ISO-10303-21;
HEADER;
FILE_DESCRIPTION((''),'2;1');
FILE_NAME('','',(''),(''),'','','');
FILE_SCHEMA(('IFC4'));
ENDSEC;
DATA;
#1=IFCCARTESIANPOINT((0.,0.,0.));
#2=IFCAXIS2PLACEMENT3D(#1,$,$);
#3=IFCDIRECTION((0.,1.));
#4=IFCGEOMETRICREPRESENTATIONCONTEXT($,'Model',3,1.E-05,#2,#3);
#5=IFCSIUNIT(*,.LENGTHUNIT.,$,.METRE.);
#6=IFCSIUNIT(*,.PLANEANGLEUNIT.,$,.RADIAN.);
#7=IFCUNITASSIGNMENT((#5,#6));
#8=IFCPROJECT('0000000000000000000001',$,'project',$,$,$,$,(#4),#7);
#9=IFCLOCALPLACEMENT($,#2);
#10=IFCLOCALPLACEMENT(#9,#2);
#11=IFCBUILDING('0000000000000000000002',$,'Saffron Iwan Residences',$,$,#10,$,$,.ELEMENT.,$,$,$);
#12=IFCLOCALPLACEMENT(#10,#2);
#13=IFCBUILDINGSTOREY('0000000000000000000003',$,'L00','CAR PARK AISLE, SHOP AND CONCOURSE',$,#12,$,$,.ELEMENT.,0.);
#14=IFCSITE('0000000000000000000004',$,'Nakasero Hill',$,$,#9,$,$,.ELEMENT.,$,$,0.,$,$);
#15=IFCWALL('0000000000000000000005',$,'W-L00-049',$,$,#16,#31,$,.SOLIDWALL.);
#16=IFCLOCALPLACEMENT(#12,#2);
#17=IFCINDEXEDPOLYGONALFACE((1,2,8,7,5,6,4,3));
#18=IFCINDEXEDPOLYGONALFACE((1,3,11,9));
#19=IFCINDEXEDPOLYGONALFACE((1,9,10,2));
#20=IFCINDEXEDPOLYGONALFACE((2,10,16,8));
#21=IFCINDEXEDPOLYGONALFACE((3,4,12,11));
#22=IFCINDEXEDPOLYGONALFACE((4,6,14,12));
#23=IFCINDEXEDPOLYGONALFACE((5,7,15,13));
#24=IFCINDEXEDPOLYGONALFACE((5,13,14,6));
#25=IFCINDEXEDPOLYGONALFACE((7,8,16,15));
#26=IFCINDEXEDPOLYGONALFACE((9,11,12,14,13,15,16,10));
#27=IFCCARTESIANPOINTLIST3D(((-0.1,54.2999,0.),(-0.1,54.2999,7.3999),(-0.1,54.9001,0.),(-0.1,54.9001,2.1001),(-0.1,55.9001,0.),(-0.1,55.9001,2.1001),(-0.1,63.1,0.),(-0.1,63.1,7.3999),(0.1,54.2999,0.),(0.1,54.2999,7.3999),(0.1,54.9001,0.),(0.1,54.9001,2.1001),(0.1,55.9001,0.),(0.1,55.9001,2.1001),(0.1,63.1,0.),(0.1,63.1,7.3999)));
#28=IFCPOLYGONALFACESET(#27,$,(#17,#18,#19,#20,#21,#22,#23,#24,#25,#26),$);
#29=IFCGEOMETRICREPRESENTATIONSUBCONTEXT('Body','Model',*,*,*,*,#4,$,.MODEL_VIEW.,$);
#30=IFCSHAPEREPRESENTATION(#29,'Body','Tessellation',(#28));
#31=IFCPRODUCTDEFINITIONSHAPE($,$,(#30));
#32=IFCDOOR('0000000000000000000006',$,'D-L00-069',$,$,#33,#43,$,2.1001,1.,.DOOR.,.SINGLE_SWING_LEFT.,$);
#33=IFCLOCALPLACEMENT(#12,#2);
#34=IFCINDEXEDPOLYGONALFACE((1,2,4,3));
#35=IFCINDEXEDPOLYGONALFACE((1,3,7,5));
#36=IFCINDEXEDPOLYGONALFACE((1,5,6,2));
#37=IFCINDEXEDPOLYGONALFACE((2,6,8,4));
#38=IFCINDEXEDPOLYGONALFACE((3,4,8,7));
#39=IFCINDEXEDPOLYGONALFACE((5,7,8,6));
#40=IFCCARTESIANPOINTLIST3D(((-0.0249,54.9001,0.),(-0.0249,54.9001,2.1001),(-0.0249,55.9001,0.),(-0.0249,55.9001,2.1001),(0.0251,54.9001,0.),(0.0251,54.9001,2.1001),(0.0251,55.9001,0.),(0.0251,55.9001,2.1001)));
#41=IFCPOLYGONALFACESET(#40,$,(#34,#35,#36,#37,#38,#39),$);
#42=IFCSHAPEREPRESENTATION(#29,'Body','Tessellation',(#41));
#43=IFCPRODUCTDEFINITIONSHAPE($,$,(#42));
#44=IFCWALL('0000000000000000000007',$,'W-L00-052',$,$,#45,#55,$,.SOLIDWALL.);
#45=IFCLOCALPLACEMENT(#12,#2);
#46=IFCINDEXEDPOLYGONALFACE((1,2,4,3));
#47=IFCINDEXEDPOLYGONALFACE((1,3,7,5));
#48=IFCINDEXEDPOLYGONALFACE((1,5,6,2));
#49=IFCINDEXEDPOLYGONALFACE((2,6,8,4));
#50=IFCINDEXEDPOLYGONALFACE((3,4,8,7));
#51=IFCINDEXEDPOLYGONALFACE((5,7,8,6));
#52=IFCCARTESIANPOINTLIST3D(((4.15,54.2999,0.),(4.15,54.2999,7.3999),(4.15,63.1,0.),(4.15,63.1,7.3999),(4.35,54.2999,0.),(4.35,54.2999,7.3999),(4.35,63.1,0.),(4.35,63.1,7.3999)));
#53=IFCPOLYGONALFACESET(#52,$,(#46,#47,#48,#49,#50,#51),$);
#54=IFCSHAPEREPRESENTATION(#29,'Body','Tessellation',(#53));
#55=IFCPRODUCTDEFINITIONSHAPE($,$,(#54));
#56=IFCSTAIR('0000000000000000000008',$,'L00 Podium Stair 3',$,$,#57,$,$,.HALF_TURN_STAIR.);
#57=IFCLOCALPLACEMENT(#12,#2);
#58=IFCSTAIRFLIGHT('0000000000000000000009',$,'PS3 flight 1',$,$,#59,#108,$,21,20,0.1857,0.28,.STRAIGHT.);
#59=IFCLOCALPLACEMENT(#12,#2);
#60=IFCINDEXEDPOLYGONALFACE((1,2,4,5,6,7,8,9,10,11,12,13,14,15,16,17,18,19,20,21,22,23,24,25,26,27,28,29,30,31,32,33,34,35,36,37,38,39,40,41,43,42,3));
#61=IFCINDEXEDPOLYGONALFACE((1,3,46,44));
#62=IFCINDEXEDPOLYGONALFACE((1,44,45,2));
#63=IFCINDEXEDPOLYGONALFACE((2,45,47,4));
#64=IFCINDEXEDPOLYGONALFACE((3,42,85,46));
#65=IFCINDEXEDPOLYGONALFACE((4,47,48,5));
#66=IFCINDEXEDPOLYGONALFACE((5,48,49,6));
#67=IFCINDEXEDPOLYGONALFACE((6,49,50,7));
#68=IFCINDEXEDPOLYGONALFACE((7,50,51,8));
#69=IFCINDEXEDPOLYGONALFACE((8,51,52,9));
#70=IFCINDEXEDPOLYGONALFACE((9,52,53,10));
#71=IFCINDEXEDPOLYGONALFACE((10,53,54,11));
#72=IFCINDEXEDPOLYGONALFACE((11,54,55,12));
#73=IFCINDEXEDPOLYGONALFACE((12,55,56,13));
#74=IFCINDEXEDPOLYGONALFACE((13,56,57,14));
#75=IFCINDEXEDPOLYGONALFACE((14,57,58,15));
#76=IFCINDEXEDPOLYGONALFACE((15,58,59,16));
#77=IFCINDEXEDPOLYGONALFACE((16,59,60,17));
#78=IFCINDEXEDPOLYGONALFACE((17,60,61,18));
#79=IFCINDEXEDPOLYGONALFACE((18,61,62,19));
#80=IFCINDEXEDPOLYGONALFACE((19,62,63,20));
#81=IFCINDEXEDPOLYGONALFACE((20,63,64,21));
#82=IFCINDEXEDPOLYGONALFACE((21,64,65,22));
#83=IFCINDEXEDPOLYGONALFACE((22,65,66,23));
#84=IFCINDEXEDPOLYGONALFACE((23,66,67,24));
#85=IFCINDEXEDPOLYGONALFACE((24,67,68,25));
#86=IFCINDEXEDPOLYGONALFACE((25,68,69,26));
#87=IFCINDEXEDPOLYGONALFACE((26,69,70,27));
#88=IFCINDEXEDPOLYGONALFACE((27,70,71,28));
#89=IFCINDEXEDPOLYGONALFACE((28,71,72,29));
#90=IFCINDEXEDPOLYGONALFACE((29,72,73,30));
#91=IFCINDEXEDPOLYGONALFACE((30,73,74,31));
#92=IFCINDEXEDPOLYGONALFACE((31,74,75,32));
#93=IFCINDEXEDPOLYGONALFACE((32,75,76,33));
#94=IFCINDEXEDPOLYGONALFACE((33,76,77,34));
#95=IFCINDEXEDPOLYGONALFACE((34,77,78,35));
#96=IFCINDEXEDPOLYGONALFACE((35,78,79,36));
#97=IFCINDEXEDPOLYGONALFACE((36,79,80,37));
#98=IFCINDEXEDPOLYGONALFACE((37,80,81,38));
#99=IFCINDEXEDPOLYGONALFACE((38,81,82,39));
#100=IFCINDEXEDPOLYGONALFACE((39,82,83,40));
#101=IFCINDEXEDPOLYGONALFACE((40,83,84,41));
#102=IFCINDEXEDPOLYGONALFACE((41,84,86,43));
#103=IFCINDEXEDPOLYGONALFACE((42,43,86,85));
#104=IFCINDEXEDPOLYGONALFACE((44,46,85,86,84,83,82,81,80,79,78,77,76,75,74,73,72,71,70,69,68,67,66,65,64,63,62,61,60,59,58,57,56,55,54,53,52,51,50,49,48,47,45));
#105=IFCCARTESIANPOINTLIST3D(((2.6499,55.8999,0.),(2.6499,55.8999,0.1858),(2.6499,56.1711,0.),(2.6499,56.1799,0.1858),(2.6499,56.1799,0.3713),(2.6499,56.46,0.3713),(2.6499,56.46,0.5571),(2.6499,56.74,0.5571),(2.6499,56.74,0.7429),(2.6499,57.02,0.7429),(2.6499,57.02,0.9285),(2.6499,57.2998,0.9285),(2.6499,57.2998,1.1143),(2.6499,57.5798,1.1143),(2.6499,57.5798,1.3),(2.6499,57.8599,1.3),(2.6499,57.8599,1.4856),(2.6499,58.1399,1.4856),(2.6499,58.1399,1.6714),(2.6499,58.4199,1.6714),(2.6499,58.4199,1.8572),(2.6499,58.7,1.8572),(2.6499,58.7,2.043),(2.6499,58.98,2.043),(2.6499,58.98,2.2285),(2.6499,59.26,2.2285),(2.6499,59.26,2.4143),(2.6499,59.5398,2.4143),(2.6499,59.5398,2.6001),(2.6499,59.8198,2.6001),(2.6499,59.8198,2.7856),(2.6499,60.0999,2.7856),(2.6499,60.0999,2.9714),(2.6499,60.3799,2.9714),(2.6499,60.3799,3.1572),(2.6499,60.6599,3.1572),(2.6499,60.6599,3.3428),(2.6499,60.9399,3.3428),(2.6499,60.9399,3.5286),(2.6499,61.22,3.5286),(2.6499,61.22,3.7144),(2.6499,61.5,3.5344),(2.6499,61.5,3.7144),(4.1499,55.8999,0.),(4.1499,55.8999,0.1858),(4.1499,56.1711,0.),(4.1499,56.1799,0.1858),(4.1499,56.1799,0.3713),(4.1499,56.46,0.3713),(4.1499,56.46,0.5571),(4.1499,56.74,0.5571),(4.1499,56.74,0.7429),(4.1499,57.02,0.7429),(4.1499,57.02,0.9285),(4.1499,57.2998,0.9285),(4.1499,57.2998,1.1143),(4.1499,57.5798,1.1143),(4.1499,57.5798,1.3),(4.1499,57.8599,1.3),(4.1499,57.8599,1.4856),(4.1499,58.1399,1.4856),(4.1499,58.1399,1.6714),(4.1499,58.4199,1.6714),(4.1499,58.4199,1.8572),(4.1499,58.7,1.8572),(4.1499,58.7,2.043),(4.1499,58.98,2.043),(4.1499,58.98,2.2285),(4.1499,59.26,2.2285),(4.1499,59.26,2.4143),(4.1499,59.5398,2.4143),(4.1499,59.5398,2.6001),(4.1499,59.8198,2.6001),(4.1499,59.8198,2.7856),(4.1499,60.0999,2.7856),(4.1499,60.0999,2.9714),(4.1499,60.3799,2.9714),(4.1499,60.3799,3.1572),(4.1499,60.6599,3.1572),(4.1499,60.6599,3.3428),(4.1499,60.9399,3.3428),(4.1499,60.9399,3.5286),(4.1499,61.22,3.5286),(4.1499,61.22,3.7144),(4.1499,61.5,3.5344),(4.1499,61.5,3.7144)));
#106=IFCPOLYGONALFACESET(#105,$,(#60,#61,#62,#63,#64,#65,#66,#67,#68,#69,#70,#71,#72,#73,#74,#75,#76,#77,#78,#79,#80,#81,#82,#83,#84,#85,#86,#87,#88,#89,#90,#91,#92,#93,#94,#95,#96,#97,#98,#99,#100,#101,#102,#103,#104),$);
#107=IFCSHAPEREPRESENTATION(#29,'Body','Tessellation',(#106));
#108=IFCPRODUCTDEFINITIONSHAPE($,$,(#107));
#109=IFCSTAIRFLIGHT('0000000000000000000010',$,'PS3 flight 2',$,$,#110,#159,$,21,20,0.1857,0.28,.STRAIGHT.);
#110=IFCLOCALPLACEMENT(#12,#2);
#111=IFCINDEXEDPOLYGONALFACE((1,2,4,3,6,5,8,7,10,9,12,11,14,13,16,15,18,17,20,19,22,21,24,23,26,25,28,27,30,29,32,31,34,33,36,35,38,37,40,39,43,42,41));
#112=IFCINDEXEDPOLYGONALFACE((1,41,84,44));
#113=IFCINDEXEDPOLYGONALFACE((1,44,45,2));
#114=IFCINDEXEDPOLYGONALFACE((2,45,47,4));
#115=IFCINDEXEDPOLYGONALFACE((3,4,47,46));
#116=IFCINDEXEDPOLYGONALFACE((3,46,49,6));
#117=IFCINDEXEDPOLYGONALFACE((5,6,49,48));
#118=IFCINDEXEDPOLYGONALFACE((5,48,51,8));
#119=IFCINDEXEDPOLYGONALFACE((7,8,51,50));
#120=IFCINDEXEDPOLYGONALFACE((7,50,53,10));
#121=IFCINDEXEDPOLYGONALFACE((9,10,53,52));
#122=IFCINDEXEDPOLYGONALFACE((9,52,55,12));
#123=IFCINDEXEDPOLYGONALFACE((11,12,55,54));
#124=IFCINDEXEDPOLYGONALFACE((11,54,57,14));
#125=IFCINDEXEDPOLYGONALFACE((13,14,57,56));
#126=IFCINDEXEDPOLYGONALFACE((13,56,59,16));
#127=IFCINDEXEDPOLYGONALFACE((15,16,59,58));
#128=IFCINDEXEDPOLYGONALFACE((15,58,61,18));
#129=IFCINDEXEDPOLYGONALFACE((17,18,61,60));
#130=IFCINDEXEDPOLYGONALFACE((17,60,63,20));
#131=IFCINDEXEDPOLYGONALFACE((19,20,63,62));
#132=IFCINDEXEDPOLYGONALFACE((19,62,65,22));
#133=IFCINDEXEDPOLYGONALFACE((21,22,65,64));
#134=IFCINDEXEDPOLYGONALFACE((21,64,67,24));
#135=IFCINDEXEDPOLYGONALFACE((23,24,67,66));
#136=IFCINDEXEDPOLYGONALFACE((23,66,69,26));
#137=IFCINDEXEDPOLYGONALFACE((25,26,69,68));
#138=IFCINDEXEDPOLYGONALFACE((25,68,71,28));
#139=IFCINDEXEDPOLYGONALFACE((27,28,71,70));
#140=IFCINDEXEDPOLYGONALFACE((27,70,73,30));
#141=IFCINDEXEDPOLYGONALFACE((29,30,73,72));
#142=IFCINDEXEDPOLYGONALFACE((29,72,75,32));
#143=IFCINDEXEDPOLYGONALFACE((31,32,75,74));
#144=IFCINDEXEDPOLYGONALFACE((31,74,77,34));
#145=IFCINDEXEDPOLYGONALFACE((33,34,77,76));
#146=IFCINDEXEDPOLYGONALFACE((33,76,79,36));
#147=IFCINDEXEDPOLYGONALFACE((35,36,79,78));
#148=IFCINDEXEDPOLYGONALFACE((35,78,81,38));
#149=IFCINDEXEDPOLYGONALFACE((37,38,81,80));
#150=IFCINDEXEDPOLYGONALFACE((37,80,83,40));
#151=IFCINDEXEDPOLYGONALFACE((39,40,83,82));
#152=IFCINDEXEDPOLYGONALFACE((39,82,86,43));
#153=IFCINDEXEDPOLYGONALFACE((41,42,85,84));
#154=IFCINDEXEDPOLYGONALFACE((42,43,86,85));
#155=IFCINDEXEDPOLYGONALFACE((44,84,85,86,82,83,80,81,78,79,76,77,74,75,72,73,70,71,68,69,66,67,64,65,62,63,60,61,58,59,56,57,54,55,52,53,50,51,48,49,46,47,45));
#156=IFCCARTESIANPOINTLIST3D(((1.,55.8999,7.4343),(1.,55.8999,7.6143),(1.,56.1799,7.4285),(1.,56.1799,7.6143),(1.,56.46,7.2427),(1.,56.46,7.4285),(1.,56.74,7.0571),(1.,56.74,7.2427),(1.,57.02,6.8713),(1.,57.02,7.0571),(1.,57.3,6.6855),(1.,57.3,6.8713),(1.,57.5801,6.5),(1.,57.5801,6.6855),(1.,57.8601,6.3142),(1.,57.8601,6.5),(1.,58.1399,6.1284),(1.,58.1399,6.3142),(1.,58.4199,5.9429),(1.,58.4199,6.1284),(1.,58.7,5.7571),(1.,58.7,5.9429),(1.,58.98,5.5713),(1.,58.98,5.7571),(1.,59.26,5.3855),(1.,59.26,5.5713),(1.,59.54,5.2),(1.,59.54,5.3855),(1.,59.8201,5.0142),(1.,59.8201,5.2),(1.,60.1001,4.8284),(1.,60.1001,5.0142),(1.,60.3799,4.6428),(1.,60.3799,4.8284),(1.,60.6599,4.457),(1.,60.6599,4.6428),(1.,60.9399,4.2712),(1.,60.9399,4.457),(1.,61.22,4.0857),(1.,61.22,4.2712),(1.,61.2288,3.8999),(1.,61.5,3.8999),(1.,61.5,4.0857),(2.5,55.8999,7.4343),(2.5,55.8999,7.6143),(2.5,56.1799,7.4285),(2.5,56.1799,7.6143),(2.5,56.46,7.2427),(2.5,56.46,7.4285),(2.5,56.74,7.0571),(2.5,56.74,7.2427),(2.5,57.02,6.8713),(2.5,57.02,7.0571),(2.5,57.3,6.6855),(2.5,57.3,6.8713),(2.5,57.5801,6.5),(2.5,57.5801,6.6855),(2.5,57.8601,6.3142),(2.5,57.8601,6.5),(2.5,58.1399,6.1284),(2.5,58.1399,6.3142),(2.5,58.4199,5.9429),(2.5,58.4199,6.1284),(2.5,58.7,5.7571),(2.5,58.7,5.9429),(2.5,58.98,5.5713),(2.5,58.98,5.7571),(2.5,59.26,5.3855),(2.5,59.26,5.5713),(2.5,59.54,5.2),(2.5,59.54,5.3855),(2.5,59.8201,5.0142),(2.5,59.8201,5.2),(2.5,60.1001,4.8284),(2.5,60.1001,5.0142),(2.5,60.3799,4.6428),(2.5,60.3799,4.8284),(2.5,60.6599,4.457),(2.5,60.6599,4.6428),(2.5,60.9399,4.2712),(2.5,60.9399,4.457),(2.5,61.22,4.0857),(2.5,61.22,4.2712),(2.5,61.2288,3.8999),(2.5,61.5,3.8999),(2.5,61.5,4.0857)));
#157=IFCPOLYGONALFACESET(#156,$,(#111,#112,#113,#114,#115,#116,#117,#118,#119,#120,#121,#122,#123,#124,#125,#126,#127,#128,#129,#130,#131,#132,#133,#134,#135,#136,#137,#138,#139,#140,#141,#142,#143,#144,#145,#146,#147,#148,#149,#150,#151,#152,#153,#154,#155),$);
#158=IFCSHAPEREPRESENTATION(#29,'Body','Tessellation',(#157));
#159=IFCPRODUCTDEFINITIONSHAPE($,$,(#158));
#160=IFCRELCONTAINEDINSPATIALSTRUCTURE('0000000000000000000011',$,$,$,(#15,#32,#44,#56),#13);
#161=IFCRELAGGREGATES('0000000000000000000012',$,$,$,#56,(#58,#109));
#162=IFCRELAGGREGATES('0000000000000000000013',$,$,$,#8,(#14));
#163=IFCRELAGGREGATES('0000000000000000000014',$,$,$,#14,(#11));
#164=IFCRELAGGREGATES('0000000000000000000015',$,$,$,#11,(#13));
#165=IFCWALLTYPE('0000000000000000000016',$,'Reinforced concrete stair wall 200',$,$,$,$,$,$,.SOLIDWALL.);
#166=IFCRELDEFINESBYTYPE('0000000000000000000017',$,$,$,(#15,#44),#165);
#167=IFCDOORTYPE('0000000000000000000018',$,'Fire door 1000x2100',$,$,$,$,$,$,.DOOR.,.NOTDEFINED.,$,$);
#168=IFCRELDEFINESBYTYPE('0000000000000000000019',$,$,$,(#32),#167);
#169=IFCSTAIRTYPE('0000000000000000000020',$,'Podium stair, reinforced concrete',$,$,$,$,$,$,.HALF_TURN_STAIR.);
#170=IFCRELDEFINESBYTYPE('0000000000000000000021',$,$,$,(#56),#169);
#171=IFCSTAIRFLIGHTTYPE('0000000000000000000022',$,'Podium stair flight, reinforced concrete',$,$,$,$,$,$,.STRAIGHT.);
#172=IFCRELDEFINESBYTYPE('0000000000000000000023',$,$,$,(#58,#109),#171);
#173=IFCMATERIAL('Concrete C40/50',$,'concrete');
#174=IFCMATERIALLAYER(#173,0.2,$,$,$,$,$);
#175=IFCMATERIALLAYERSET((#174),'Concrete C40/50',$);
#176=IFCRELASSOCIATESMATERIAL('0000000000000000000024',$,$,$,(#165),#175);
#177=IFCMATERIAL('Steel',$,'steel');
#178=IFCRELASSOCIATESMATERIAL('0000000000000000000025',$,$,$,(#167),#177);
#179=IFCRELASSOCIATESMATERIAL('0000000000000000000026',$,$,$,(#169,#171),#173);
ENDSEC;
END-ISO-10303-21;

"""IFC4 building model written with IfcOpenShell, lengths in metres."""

from ifc_helpers import new_model, si_unit, direction, frame, frame_2d, origin, place, context, subcontext, project, spatial, polyline, rectangle, outline, extrude, material, layer, layer_set, type_object, element, fill, aggregate, save


model = new_model("IFC4")

# Units and contexts
model_context = context("Model", 3, precision=1e-05, world=origin(), true_north=direction((0.0, 1.0)))
body_context = subcontext(model_context, "Body", "Model", "MODEL_VIEW")
ifc_project = project(units=[si_unit("LENGTHUNIT", "METRE"), si_unit("PLANEANGLEUNIT", "RADIAN")], contexts=[model_context])

# Site, building, storey
site_placement = place(None, origin())
site = spatial("IfcSite", under=ifc_project, at=site_placement, Name="Nakasero Hill", CompositionType="ELEMENT", RefElevation=0.0)
building_placement = place(site_placement, origin())
building = spatial("IfcBuilding", under=site, at=building_placement, Name="Saffron Iwan Residences", CompositionType="ELEMENT")
storey_placement = place(building_placement, origin())
storey = spatial("IfcBuildingStorey", under=building, at=storey_placement, Name="L00", Description="CAR PARK AISLE, SHOP AND CONCOURSE", CompositionType="ELEMENT", Elevation=0.0)

# Shared definitions
ifc_material_1 = material(Name="Concrete C40/50", Category="concrete")

# Wall, opening, door
ifc_layer_1 = layer(ifc_material_1, 0.2)
ifc_layer_set_1 = layer_set([ifc_layer_1], Name="Concrete C40/50")
wall_type_1 = type_object("IfcWallType", Name="Reinforced concrete stair wall 200", PredefinedType="SOLIDWALL", material=ifc_layer_set_1)
ifc_material_2 = material(Name="Steel", Category="steel")
wall_1_placement = place(storey_placement, frame((0.0, 54.3, 0.0), z_axis=(0.0, 0.0, 1.0), x_axis=(0.0, 1.0, 0.0)))
wall_1 = element("IfcWall", 1, at=wall_1_placement, inside=storey, type_object=wall_type_1, Name="W-L00-049", PredefinedType="SOLIDWALL", context=body_context, shape_type="SweptSolid", body=[
    extrude(rectangle(XDim=8.8, YDim=0.2, at=frame_2d((4.3999, 0.0))), origin(), (0.0, 0.0, 1.0), 7.3999),
])
opening_1_placement = place(wall_1_placement, frame((0.6001, 0.0, 0.0)))
opening_1 = element("IfcOpeningElement", 2, at=opening_1_placement, cuts=wall_1, PredefinedType="OPENING", context=body_context, shape_type="SweptSolid", body=[
    extrude(rectangle(XDim=1.0, YDim=2.1001, at=frame_2d((0.5, 1.05))), frame((0.0, 0.1099, 0.0), z_axis=(0.0, -1.0, 0.0), x_axis=(1.0, 0.0, 0.0)), (0.0, 0.0, 1.0), 0.22),
])
door_type_1 = type_object("IfcDoorType", Name="Fire door 1000x2100", OperationType="NOTDEFINED", PredefinedType="DOOR", material=ifc_material_2)
door_1_placement = place(opening_1_placement, origin())
door_1 = element("IfcDoor", 3, at=door_1_placement, inside=storey, type_object=door_type_1, Name="D-L00-069", OperationType="SINGLE_SWING_LEFT", OverallHeight=2.1001, OverallWidth=1.0, PredefinedType="DOOR", context=body_context, shape_type="SweptSolid", body=[
    extrude(rectangle(XDim=1.0, YDim=2.1001, at=frame_2d((0.5, 1.05))), frame((0.0, 0.0249, 0.0), z_axis=(0.0, -1.0, 0.0), x_axis=(1.0, 0.0, 0.0)), (0.0, 0.0, 1.0), 0.05),
])
fill(opening_1, door_1)

# Wall
wall_2_placement = place(storey_placement, frame((4.25, 54.3, 0.0), z_axis=(0.0, 0.0, 1.0), x_axis=(0.0, 1.0, 0.0)))
element("IfcWall", 4, at=wall_2_placement, inside=storey, type_object=wall_type_1, Name="W-L00-052", PredefinedType="SOLIDWALL", context=body_context, shape_type="SweptSolid", body=[
    extrude(rectangle(XDim=8.8, YDim=0.2, at=frame_2d((4.3999, 0.0))), origin(), (0.0, 0.0, 1.0), 7.3999),
])

# Stair, stair flights
stair_type = type_object("IfcStairType", Name="Podium stair, reinforced concrete", PredefinedType="HALF_TURN_STAIR", material=ifc_material_1)
stair_placement = place(storey_placement, origin())
stair = element("IfcStair", 5, at=stair_placement, inside=storey, type_object=stair_type, Name="L00 Podium Stair 3", PredefinedType="HALF_TURN_STAIR")
stair_flight_type = type_object("IfcStairFlightType", Name="Podium stair flight, reinforced concrete", PredefinedType="STRAIGHT", material=ifc_material_1)
stair_flight_1_placement = place(storey_placement, frame((3.3999, 55.8999, 0.0), z_axis=(0.0, 0.0, 1.0), x_axis=(0.0, 1.0, 0.0)))
stair_flight_1 = element("IfcStairFlight", 6, at=stair_flight_1_placement, type_object=stair_flight_type, Name="PS3 flight 1", NumberOfRisers=21, NumberOfTreads=20, PredefinedType="STRAIGHT", RiserHeight=0.1857, TreadLength=0.28, context=body_context, shape_type="SweptSolid", body=[
    extrude(outline(polyline([(0.0, 0.0), (0.0, 0.1858), (0.28, 0.1858), (0.28, 0.3713), (0.5601, 0.3713), (0.5601, 0.5571), (0.8401, 0.5571), (0.8401, 0.7429), (1.1201, 0.7429), (1.1201, 0.9285), (1.3999, 0.9285), (1.3999, 1.1143), (1.6799, 1.1143), (1.6799, 1.3), (1.96, 1.3), (1.96, 1.4856), (2.24, 1.4856), (2.24, 1.6714), (2.52, 1.6714), (2.52, 1.8572), (2.8, 1.8572), (2.8, 2.043), (3.0801, 2.043), (3.0801, 2.2285), (3.3601, 2.2285), (3.3601, 2.4143), (3.6399, 2.4143), (3.6399, 2.6001), (3.9199, 2.6001), (3.9199, 2.7856), (4.2, 2.7856), (4.2, 2.9714), (4.48, 2.9714), (4.48, 3.1572), (4.76, 3.1572), (4.76, 3.3428), (5.04, 3.3428), (5.04, 3.5286), (5.3201, 3.5286), (5.3201, 3.7144), (5.6001, 3.7144), (5.6001, 3.8999), (5.6001, 3.5344), (0.2712, 0.0), (0.0, 0.0)])), frame((0.0, 0.75, 0.0), z_axis=(0.0, -1.0, 0.0), x_axis=(1.0, 0.0, 0.0)), (0.0, 0.0, 1.0), 1.5),
])
stair_flight_2_placement = place(storey_placement, frame((1.75, 61.5, 3.8999), z_axis=(0.0, 0.0, 1.0), x_axis=(0.0, -1.0, 0.0)))
stair_flight_2 = element("IfcStairFlight", 7, at=stair_flight_2_placement, type_object=stair_flight_type, Name="PS3 flight 2", NumberOfRisers=21, NumberOfTreads=20, PredefinedType="STRAIGHT", RiserHeight=0.1857, TreadLength=0.28, context=body_context, shape_type="SweptSolid", body=[
    extrude(outline(polyline([(0.0, 0.0), (0.0, 0.1858), (0.28, 0.1858), (0.28, 0.3713), (0.5601, 0.3713), (0.5601, 0.5571), (0.8401, 0.5571), (0.8401, 0.7429), (1.1201, 0.7429), (1.1201, 0.9285), (1.3999, 0.9285), (1.3999, 1.1143), (1.6799, 1.1143), (1.6799, 1.3), (1.96, 1.3), (1.96, 1.4856), (2.24, 1.4856), (2.24, 1.6714), (2.52, 1.6714), (2.52, 1.8572), (2.8, 1.8572), (2.8, 2.043), (3.0801, 2.043), (3.0801, 2.2285), (3.3601, 2.2285), (3.3601, 2.4143), (3.6399, 2.4143), (3.6399, 2.6001), (3.9199, 2.6001), (3.9199, 2.7856), (4.2, 2.7856), (4.2, 2.9714), (4.48, 2.9714), (4.48, 3.1572), (4.76, 3.1572), (4.76, 3.3428), (5.04, 3.3428), (5.04, 3.5286), (5.3201, 3.5286), (5.3201, 3.7144), (5.6001, 3.7144), (5.6001, 3.8999), (5.6001, 3.5344), (0.2712, 0.0), (0.0, 0.0)])), frame((0.0, 0.75, 0.0), z_axis=(0.0, -1.0, 0.0), x_axis=(1.0, 0.0, 0.0)), (0.0, 0.0, 1.0), 1.5),
])
aggregate(stair, [stair_flight_1, stair_flight_2])

save(model, "model.ifc")
